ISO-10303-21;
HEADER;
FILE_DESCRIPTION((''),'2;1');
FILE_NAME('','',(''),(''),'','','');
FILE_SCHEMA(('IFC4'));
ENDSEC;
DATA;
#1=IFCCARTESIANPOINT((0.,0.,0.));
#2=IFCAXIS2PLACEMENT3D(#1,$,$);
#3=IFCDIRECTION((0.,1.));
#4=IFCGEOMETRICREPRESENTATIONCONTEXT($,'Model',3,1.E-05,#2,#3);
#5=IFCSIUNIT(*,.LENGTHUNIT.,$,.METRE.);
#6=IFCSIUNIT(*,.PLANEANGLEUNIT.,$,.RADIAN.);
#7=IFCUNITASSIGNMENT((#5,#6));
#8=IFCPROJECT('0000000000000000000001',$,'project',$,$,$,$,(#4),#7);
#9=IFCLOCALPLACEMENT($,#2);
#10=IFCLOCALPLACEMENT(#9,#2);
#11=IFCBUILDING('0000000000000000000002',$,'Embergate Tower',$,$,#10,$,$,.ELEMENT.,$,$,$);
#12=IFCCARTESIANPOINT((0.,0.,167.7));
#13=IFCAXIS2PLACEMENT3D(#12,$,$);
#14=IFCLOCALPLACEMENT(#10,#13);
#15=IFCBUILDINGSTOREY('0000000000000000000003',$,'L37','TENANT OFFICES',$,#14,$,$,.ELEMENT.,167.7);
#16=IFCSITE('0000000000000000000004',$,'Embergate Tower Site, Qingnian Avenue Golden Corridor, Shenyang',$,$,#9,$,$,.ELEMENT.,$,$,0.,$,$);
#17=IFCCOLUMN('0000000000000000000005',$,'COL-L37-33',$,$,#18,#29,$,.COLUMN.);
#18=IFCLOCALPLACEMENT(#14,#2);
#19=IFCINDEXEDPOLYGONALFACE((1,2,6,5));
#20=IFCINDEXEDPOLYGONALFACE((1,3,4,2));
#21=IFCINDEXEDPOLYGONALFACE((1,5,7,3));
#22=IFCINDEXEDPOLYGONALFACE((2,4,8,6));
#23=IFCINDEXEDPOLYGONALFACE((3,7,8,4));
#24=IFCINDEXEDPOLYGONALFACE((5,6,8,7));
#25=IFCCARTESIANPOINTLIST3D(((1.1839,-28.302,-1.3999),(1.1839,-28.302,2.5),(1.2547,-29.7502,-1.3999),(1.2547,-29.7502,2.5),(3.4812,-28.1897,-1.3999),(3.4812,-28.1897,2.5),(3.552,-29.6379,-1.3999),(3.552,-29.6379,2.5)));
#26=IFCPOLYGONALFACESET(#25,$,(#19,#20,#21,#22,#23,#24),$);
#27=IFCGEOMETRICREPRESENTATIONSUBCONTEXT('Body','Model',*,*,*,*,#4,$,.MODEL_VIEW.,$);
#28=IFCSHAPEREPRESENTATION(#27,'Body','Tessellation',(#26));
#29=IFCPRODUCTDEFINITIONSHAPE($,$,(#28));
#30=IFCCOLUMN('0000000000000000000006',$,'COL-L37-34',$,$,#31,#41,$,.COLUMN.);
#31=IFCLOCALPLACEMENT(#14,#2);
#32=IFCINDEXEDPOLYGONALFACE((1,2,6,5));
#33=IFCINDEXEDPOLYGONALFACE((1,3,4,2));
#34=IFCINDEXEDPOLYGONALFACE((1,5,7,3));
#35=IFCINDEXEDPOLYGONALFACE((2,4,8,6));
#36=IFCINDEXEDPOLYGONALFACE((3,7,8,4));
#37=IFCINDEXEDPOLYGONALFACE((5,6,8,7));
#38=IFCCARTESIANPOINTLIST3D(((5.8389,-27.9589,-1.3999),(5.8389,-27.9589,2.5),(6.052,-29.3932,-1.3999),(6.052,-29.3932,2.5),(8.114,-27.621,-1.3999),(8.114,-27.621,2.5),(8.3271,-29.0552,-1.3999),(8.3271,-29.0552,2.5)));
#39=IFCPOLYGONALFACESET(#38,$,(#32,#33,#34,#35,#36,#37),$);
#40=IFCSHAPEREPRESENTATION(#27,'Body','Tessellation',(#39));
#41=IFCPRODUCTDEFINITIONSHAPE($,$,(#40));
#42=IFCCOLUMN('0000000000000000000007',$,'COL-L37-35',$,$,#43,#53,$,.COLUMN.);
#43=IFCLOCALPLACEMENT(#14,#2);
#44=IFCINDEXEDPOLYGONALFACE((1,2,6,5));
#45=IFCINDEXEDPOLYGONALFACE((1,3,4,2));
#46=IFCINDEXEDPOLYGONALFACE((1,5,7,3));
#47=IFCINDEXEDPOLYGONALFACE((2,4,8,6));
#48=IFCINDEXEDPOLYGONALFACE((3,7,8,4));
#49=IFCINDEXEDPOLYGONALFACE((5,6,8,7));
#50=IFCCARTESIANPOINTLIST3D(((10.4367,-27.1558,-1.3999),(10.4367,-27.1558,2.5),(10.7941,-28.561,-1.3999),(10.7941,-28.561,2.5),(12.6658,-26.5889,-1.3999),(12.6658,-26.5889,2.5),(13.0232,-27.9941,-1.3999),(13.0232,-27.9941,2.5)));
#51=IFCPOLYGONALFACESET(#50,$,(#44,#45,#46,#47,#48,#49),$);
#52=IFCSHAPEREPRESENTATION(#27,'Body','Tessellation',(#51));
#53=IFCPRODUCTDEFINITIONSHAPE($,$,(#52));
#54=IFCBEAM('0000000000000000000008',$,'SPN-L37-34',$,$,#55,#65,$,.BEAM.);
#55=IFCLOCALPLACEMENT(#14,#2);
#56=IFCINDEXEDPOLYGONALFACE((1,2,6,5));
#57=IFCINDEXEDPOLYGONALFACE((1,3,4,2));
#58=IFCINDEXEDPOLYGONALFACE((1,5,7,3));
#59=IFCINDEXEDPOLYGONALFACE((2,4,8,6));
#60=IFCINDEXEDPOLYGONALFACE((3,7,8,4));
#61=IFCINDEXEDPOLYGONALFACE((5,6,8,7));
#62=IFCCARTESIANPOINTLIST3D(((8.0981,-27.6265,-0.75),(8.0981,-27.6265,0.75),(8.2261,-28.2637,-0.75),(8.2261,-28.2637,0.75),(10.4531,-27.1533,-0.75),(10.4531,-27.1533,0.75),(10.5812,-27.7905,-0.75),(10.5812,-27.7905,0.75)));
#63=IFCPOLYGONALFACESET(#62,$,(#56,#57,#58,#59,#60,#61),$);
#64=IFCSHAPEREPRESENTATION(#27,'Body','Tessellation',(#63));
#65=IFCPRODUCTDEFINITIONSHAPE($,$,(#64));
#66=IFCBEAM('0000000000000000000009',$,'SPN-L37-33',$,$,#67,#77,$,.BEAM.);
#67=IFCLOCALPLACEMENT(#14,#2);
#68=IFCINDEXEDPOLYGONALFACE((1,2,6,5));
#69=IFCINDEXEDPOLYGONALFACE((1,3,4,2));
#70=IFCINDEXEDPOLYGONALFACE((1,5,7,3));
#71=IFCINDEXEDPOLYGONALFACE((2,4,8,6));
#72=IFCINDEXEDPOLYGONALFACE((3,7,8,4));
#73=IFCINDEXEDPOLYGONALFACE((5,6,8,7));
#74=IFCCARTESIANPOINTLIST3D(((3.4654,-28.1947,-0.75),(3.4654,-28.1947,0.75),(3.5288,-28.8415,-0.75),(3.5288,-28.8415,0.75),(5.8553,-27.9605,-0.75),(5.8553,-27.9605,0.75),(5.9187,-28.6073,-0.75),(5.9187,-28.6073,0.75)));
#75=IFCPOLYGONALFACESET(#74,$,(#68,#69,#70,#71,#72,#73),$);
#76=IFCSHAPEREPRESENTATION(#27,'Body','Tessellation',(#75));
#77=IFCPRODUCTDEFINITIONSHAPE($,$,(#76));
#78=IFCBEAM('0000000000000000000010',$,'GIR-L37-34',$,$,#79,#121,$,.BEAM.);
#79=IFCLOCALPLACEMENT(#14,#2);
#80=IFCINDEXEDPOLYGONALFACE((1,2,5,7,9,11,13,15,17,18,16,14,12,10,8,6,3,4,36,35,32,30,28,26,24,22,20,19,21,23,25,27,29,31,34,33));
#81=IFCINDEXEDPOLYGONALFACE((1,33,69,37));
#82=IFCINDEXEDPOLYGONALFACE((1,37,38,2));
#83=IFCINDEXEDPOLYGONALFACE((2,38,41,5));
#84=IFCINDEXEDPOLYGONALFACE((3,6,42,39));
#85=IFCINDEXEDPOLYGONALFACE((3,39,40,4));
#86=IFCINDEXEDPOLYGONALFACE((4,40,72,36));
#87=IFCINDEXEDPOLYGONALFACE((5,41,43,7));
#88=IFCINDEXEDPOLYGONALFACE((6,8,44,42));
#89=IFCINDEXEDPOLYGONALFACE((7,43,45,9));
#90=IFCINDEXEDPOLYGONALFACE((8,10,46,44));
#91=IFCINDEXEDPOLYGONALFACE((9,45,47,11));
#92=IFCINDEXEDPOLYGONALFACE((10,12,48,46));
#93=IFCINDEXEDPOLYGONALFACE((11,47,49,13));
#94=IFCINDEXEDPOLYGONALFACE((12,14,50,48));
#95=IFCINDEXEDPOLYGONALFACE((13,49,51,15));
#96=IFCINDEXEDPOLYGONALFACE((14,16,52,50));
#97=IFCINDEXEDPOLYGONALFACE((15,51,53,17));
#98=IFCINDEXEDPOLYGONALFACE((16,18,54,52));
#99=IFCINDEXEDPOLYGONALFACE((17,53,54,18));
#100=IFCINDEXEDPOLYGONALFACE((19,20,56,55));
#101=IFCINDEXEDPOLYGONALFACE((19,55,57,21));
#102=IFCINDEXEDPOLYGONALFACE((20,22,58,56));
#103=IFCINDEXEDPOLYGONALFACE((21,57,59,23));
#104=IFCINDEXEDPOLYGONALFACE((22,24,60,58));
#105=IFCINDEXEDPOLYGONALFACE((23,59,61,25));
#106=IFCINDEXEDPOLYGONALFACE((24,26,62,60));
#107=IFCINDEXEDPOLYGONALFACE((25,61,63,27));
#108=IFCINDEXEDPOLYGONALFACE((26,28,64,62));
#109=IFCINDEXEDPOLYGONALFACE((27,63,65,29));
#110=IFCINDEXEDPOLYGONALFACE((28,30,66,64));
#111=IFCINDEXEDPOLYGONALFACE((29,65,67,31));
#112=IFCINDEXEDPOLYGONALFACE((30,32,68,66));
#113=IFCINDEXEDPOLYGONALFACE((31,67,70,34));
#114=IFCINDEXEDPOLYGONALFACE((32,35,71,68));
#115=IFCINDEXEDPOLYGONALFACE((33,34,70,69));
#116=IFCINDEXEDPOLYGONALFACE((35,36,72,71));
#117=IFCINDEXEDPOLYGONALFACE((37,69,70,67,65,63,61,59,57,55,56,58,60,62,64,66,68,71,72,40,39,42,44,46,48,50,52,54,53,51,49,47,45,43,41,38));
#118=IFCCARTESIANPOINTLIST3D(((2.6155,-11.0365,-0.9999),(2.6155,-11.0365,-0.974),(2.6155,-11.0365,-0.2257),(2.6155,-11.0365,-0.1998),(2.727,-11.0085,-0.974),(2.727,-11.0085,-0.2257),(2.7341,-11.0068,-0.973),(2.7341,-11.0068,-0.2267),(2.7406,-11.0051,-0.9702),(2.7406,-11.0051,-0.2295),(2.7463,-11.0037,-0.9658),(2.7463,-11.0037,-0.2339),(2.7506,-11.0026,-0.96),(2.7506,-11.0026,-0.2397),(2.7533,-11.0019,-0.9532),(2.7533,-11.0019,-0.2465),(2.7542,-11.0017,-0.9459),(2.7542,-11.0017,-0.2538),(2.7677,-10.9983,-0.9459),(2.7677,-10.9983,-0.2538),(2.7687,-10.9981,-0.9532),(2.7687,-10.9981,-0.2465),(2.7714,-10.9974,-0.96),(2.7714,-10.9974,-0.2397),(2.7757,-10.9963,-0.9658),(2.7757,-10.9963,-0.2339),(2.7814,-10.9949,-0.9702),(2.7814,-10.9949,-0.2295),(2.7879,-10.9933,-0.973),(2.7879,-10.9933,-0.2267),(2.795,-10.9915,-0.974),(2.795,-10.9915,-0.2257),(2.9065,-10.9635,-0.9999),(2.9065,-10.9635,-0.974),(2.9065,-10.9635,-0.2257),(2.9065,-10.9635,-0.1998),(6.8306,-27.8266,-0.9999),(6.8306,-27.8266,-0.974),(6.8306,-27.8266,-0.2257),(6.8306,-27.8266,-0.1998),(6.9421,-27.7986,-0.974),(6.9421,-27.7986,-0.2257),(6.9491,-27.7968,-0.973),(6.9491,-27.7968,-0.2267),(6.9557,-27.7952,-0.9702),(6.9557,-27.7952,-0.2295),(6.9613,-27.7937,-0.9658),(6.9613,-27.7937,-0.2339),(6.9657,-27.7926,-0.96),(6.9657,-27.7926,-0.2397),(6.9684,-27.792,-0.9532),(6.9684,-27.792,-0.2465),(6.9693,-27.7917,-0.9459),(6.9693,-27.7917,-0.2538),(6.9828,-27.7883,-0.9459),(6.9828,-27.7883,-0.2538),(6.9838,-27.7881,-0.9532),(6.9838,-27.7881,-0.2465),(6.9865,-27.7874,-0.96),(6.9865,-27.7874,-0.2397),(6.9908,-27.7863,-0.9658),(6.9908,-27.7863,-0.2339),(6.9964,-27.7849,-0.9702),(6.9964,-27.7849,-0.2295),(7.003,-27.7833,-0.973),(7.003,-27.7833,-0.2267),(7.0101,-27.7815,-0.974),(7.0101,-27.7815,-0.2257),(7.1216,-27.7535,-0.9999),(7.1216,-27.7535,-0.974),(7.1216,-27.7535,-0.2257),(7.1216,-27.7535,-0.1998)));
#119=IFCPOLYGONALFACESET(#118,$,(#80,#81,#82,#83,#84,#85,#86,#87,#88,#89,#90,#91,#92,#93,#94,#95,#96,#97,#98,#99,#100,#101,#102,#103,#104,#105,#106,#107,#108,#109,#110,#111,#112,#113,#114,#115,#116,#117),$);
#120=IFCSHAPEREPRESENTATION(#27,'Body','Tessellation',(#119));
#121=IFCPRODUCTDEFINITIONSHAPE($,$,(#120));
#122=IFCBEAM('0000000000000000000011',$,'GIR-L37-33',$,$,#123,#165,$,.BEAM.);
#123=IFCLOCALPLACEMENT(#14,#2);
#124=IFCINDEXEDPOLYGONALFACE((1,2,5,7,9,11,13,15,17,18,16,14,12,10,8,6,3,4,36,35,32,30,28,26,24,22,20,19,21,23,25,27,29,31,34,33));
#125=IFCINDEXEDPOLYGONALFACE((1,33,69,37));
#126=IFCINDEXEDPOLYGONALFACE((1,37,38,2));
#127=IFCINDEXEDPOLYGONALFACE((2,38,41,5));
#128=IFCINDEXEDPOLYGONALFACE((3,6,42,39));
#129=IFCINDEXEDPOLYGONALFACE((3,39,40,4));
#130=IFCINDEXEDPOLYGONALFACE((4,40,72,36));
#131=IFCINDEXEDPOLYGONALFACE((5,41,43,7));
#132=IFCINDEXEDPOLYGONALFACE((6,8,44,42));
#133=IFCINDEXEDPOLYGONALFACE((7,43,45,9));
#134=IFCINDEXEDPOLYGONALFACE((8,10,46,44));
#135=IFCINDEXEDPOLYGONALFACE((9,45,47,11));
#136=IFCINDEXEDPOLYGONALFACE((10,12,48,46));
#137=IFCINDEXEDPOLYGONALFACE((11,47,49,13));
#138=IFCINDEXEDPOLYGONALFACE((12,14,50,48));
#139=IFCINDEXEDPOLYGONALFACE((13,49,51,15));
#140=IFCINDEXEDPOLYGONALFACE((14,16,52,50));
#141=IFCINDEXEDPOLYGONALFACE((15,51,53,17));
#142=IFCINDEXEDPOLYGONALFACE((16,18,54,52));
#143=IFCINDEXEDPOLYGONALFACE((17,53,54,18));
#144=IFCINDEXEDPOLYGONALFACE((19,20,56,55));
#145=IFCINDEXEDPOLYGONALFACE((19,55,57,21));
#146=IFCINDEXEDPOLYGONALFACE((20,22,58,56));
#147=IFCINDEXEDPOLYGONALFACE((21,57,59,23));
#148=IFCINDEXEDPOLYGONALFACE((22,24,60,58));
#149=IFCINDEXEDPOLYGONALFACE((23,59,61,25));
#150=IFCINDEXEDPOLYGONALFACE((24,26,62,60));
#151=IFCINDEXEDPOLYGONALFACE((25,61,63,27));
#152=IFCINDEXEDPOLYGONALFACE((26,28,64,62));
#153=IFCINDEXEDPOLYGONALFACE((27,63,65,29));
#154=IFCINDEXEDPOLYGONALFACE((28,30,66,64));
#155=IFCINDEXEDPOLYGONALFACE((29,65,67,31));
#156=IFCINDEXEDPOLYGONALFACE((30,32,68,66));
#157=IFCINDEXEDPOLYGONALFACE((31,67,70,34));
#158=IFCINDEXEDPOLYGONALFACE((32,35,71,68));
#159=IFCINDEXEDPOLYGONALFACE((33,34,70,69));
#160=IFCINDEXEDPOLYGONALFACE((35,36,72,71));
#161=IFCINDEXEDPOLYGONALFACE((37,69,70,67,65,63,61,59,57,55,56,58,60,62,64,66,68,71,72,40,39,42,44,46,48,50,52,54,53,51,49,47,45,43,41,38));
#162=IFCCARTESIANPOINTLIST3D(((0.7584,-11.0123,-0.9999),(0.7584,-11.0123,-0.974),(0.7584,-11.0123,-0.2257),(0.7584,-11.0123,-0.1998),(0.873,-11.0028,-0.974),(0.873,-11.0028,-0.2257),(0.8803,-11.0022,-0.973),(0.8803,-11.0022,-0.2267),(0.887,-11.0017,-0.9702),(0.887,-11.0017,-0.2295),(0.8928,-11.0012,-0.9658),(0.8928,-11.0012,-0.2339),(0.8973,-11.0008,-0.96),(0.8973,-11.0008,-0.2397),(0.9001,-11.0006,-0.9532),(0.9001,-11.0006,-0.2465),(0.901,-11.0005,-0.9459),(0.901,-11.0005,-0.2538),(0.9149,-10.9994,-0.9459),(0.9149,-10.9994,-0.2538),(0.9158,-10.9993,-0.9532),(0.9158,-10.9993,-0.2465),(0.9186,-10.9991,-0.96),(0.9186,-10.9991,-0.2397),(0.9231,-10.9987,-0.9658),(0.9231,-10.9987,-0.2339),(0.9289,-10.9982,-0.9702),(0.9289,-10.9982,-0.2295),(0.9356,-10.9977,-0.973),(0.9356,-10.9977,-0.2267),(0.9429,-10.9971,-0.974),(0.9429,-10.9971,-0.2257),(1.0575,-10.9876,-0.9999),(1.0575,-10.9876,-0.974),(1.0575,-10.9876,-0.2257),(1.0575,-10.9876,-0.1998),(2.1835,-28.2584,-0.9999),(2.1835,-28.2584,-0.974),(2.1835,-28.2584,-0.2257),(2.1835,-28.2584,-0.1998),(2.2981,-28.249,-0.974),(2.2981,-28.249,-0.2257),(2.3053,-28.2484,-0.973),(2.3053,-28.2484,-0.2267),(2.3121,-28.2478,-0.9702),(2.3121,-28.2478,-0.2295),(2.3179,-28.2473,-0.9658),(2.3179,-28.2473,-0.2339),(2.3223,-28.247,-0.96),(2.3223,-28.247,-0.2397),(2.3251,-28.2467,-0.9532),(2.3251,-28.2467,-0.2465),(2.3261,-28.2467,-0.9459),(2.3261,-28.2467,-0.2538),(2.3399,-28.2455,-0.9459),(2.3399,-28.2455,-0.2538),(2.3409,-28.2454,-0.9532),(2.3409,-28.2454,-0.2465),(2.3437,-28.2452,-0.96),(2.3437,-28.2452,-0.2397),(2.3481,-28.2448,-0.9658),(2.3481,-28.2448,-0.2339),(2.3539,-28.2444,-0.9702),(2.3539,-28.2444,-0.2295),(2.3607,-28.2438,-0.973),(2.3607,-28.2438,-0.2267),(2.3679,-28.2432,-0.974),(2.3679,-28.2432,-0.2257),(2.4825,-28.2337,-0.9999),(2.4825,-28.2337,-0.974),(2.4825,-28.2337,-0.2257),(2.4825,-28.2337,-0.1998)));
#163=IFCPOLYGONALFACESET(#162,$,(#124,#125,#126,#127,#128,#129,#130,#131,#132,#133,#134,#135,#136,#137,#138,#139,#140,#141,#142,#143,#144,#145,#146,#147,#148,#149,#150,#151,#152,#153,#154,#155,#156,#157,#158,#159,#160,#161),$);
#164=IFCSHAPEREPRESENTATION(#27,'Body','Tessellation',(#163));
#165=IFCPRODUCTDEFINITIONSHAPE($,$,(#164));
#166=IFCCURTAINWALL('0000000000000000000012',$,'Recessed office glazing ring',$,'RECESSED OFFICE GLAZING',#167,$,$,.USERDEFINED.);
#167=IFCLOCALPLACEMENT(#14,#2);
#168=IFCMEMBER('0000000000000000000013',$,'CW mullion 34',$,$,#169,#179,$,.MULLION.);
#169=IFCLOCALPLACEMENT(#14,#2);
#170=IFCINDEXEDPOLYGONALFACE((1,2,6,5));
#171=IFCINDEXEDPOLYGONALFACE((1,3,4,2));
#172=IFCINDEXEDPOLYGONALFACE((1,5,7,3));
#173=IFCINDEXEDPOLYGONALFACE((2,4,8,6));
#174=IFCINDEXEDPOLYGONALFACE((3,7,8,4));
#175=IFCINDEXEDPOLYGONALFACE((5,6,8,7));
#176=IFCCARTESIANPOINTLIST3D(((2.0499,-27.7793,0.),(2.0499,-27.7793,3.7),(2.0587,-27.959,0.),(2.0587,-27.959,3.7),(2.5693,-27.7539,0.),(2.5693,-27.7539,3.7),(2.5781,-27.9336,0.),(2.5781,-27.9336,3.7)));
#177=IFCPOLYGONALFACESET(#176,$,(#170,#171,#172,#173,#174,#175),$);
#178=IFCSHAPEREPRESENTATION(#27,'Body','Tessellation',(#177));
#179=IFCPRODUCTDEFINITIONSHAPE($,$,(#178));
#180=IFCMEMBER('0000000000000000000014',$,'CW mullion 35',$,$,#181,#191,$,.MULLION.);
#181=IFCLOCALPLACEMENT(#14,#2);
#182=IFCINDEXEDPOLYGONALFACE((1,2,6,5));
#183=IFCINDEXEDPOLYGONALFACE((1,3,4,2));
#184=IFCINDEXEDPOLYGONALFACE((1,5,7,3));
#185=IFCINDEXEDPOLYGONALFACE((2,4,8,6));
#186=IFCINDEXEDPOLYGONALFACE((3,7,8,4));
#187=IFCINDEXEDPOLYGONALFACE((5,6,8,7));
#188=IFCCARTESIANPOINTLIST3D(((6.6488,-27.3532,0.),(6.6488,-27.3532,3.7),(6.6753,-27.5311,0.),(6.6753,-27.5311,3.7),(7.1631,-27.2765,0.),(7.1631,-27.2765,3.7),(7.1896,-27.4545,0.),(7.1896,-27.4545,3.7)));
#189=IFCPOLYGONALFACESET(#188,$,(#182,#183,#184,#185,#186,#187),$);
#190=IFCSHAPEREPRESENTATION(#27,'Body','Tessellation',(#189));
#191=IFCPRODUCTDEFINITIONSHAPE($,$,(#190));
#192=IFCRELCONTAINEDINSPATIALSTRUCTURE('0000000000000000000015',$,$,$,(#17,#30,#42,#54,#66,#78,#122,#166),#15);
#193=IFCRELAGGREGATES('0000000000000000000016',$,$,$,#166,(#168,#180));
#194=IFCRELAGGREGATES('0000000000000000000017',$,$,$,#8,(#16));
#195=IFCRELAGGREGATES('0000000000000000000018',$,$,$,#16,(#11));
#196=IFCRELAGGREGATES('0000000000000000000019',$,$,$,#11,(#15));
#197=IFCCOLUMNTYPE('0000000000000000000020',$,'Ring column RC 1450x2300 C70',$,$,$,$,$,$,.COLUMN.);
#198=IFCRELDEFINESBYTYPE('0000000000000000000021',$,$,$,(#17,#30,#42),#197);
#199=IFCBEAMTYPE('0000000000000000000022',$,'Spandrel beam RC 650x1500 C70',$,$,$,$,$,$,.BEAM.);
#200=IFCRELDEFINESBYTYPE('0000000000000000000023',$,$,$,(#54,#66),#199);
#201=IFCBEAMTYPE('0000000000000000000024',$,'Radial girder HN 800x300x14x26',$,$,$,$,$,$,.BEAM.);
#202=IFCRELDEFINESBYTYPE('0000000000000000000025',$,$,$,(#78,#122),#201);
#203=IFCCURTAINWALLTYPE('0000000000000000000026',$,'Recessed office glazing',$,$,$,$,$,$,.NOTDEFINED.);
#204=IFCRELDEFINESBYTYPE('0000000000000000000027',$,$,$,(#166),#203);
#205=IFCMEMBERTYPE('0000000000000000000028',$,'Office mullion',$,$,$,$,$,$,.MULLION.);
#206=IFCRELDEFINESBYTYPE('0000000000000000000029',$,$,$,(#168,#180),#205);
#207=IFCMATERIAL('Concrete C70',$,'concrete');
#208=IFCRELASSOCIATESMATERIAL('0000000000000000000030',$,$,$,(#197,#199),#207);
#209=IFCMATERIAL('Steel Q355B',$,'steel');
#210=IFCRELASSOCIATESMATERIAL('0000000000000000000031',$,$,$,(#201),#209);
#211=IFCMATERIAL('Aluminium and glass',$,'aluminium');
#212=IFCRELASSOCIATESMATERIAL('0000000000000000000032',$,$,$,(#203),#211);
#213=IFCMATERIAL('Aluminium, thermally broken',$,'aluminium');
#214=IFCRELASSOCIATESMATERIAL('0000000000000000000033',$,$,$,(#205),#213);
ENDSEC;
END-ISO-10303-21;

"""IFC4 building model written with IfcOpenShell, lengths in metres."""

from ifc_helpers import new_model, si_unit, direction, frame, origin, origin_2d, place, context, subcontext, project, spatial, rectangle, i_section, extrude, source, transform, mapped, material, material_profile, profile_set, type_object, element, aggregate, save


model = new_model("IFC4")

# Units and contexts
model_context = context("Model", 3, precision=1e-05, world=origin(), true_north=direction((0.0, 1.0)))
body_context = subcontext(model_context, "Body", "Model", "MODEL_VIEW")
ifc_project = project(units=[si_unit("LENGTHUNIT", "METRE"), si_unit("PLANEANGLEUNIT", "RADIAN")], contexts=[model_context])

# Site, building, storey
site_placement = place(None, origin())
site = spatial("IfcSite", under=ifc_project, at=site_placement, Name="Embergate Tower Site, Qingnian Avenue Golden Corridor, Shenyang", CompositionType="ELEMENT", RefElevation=0.0)
building_placement = place(site_placement, origin())
building = spatial("IfcBuilding", under=site, at=building_placement, Name="Embergate Tower", CompositionType="ELEMENT")
storey_placement = place(building_placement, frame((0.0, 0.0, 167.7)))
storey = spatial("IfcBuildingStorey", under=building, at=storey_placement, Name="L37", Description="TENANT OFFICES", CompositionType="ELEMENT", Elevation=167.7)

# Columns
ifc_material_1 = material(Name="Concrete C70", Category="concrete")
ifc_material_profile_1 = material_profile(ifc_material_1, rectangle(XDim=1.45, YDim=2.3, at=origin_2d()), Name="RC 1450x2300")
ifc_profile_set_1 = profile_set([ifc_material_profile_1], Name="Concrete C70")
column_type = type_object("IfcColumnType", Name="Ring column RC 1450x2300 C70", PredefinedType="COLUMN", material=ifc_profile_set_1)
shared_shape_1 = source(origin(), body_context, "Body", "SweptSolid", [
    extrude(rectangle(XDim=1.45, YDim=2.3, at=origin_2d()), origin(), (0.0, 0.0, 1.0), 3.8999),
])
for number, where, z_axis, x_axis, name in (
    (1, (2.3679, -28.97, -1.3999), (0.0, 0.0, 1.0), (0.048815, -0.998808, 0.0), "COL-L37-33"),
    (2, (7.083, -28.5071, -1.3999), (0.0, 0.0, 1.0), (0.146929, -0.989147, 0.0), "COL-L37-34"),
    (3, (11.73, -27.575, -1.3999), (0.0, 0.0, 1.0), (0.246492, -0.969145, 0.0), "COL-L37-35"),
):
    element("IfcColumn", number, at=place(storey_placement, frame(where, z_axis=z_axis, x_axis=x_axis)), inside=storey, type_object=column_type, Name=name, PredefinedType="COLUMN", context=body_context, shape_type="MappedRepresentation", body=[
        mapped(shared_shape_1, transform((0.0, 0.0, 0.0))),
    ])

# Beams
ifc_material_profile_2 = material_profile(ifc_material_1, rectangle(XDim=0.6499, YDim=1.5, at=origin_2d()), Name="RC 650x1500")
ifc_profile_set_2 = profile_set([ifc_material_profile_2], Name="Concrete C70")
beam_type_1 = type_object("IfcBeamType", Name="Spandrel beam RC 650x1500 C70", PredefinedType="BEAM", material=ifc_profile_set_2)
shared_shape_2 = source(origin(), body_context, "Body", "SweptSolid", [
    extrude(rectangle(XDim=0.6499, YDim=1.5, at=origin_2d()), origin(), (0.0, 0.0, 1.0), 2.4021),
])
beam_1_placement = place(storey_placement, frame((8.1621, -27.9451, 0.0), z_axis=(0.980408, 0.196976, 0.0), x_axis=(-0.196976, 0.980408, 0.0)))
element("IfcBeam", 4, at=beam_1_placement, inside=storey, type_object=beam_type_1, Name="SPN-L37-34", PredefinedType="BEAM", context=body_context, shape_type="MappedRepresentation", body=[
    mapped(shared_shape_2, transform((0.0, 0.0, 0.0))),
])
shared_shape_3 = source(origin(), body_context, "Body", "SweptSolid", [
    extrude(rectangle(XDim=0.6499, YDim=1.5, at=origin_2d()), origin(), (0.0, 0.0, 1.0), 2.4014),
])
beam_2_placement = place(storey_placement, frame((3.4971, -28.5181, 0.0), z_axis=(0.995235, 0.0975, 0.0), x_axis=(-0.0975, 0.995235, 0.0)))
element("IfcBeam", 5, at=beam_2_placement, inside=storey, type_object=beam_type_1, Name="SPN-L37-33", PredefinedType="BEAM", context=body_context, shape_type="MappedRepresentation", body=[
    mapped(shared_shape_3, transform((0.0, 0.0, 0.0))),
])
ifc_material_2 = material(Name="Steel Q355B", Category="steel")
ifc_material_profile_3 = material_profile(ifc_material_2, i_section(OverallWidth=0.3, OverallDepth=0.8, WebThickness=0.0139, FlangeThickness=0.0259, FilletRadius=0.0281, at=origin_2d()), Name="HN 800x300x14x26")
ifc_profile_set_3 = profile_set([ifc_material_profile_3], Name="Steel Q355 grade B")
beam_type_2 = type_object("IfcBeamType", Name="Radial girder HN 800x300x14x26", PredefinedType="BEAM", material=ifc_profile_set_3)
shared_shape_4 = source(origin(), body_context, "Body", "SweptSolid", [
    extrude(i_section(OverallWidth=0.3, OverallDepth=0.8, WebThickness=0.0139, FlangeThickness=0.0259, FilletRadius=0.0281, at=origin_2d()), origin(), (0.0, 0.0, 1.0), 17.311),
])
beam_3_placement = place(storey_placement, frame((6.9761, -27.79, -0.5999), z_axis=(-0.243491, 0.969903, 0.0), x_axis=(-0.969903, -0.243491, 0.0)))
element("IfcBeam", 6, at=beam_3_placement, inside=storey, type_object=beam_type_2, Name="GIR-L37-34", PredefinedType="BEAM", context=body_context, shape_type="MappedRepresentation", body=[
    mapped(shared_shape_4, transform((0.0, 0.0, 0.0))),
])
shared_shape_5 = source(origin(), body_context, "Body", "SweptSolid", [
    extrude(i_section(OverallWidth=0.3, OverallDepth=0.8, WebThickness=0.0139, FlangeThickness=0.0259, FilletRadius=0.0281, at=origin_2d()), origin(), (0.0, 0.0, 1.0), 17.3049),
])
beam_4_placement = place(storey_placement, frame((2.333, -28.2461, -0.5999), z_axis=(-0.08235, 0.996604, 0.0), x_axis=(-0.996604, -0.08235, 0.0)))
element("IfcBeam", 7, at=beam_4_placement, inside=storey, type_object=beam_type_2, Name="GIR-L37-33", PredefinedType="BEAM", context=body_context, shape_type="MappedRepresentation", body=[
    mapped(shared_shape_5, transform((0.0, 0.0, 0.0))),
])

# Curtain wall, members
ifc_material_3 = material(Name="Aluminium and glass", Category="aluminium")
curtain_wall_type = type_object("IfcCurtainWallType", Name="Recessed office glazing", PredefinedType="NOTDEFINED", material=ifc_material_3)
curtain_wall_placement = place(storey_placement, origin())
curtain_wall = element("IfcCurtainWall", 8, at=curtain_wall_placement, inside=storey, type_object=curtain_wall_type, Name="Recessed office glazing ring", ObjectType="RECESSED OFFICE GLAZING", PredefinedType="USERDEFINED")
ifc_material_4 = material(Name="Aluminium, thermally broken", Category="aluminium")
ifc_material_profile_4 = material_profile(ifc_material_4, rectangle(XDim=0.1799, YDim=0.52, at=origin_2d()), Name="AL 520x180")
ifc_profile_set_4 = profile_set([ifc_material_profile_4], Name="Aluminium, thermally broken")
member_type_1 = type_object("IfcMemberType", Name="Office mullion", PredefinedType="MULLION", material=ifc_profile_set_4)
shared_shape_6 = source(origin(), body_context, "Body", "SweptSolid", [
    extrude(rectangle(XDim=0.1799, YDim=0.52, at=origin_2d()), origin(), (0.0, 0.0, 1.0), 3.7),
])
member_1_placement = place(storey_placement, frame((2.314, -27.8564, 0.0), z_axis=(0.0, 0.0, 1.0), x_axis=(-0.048972, 0.9988, 0.0)))
member_1 = element("IfcMember", 9, at=member_1_placement, type_object=member_type_1, Name="CW mullion 34", PredefinedType="MULLION", context=body_context, shape_type="MappedRepresentation", body=[
    mapped(shared_shape_6, transform((0.0, 0.0, 0.0))),
])
member_2_placement = place(storey_placement, frame((6.9192, -27.4038, 0.0), z_axis=(0.0, 0.0, 1.0), x_axis=(-0.147412, 0.989075, 0.0)))
member_2 = element("IfcMember", 10, at=member_2_placement, type_object=member_type_1, Name="CW mullion 35", PredefinedType="MULLION", context=body_context, shape_type="MappedRepresentation", body=[
    mapped(shared_shape_6, transform((0.0, 0.0, 0.0))),
])
aggregate(curtain_wall, [member_1, member_2])

save(model, "model.ifc")
